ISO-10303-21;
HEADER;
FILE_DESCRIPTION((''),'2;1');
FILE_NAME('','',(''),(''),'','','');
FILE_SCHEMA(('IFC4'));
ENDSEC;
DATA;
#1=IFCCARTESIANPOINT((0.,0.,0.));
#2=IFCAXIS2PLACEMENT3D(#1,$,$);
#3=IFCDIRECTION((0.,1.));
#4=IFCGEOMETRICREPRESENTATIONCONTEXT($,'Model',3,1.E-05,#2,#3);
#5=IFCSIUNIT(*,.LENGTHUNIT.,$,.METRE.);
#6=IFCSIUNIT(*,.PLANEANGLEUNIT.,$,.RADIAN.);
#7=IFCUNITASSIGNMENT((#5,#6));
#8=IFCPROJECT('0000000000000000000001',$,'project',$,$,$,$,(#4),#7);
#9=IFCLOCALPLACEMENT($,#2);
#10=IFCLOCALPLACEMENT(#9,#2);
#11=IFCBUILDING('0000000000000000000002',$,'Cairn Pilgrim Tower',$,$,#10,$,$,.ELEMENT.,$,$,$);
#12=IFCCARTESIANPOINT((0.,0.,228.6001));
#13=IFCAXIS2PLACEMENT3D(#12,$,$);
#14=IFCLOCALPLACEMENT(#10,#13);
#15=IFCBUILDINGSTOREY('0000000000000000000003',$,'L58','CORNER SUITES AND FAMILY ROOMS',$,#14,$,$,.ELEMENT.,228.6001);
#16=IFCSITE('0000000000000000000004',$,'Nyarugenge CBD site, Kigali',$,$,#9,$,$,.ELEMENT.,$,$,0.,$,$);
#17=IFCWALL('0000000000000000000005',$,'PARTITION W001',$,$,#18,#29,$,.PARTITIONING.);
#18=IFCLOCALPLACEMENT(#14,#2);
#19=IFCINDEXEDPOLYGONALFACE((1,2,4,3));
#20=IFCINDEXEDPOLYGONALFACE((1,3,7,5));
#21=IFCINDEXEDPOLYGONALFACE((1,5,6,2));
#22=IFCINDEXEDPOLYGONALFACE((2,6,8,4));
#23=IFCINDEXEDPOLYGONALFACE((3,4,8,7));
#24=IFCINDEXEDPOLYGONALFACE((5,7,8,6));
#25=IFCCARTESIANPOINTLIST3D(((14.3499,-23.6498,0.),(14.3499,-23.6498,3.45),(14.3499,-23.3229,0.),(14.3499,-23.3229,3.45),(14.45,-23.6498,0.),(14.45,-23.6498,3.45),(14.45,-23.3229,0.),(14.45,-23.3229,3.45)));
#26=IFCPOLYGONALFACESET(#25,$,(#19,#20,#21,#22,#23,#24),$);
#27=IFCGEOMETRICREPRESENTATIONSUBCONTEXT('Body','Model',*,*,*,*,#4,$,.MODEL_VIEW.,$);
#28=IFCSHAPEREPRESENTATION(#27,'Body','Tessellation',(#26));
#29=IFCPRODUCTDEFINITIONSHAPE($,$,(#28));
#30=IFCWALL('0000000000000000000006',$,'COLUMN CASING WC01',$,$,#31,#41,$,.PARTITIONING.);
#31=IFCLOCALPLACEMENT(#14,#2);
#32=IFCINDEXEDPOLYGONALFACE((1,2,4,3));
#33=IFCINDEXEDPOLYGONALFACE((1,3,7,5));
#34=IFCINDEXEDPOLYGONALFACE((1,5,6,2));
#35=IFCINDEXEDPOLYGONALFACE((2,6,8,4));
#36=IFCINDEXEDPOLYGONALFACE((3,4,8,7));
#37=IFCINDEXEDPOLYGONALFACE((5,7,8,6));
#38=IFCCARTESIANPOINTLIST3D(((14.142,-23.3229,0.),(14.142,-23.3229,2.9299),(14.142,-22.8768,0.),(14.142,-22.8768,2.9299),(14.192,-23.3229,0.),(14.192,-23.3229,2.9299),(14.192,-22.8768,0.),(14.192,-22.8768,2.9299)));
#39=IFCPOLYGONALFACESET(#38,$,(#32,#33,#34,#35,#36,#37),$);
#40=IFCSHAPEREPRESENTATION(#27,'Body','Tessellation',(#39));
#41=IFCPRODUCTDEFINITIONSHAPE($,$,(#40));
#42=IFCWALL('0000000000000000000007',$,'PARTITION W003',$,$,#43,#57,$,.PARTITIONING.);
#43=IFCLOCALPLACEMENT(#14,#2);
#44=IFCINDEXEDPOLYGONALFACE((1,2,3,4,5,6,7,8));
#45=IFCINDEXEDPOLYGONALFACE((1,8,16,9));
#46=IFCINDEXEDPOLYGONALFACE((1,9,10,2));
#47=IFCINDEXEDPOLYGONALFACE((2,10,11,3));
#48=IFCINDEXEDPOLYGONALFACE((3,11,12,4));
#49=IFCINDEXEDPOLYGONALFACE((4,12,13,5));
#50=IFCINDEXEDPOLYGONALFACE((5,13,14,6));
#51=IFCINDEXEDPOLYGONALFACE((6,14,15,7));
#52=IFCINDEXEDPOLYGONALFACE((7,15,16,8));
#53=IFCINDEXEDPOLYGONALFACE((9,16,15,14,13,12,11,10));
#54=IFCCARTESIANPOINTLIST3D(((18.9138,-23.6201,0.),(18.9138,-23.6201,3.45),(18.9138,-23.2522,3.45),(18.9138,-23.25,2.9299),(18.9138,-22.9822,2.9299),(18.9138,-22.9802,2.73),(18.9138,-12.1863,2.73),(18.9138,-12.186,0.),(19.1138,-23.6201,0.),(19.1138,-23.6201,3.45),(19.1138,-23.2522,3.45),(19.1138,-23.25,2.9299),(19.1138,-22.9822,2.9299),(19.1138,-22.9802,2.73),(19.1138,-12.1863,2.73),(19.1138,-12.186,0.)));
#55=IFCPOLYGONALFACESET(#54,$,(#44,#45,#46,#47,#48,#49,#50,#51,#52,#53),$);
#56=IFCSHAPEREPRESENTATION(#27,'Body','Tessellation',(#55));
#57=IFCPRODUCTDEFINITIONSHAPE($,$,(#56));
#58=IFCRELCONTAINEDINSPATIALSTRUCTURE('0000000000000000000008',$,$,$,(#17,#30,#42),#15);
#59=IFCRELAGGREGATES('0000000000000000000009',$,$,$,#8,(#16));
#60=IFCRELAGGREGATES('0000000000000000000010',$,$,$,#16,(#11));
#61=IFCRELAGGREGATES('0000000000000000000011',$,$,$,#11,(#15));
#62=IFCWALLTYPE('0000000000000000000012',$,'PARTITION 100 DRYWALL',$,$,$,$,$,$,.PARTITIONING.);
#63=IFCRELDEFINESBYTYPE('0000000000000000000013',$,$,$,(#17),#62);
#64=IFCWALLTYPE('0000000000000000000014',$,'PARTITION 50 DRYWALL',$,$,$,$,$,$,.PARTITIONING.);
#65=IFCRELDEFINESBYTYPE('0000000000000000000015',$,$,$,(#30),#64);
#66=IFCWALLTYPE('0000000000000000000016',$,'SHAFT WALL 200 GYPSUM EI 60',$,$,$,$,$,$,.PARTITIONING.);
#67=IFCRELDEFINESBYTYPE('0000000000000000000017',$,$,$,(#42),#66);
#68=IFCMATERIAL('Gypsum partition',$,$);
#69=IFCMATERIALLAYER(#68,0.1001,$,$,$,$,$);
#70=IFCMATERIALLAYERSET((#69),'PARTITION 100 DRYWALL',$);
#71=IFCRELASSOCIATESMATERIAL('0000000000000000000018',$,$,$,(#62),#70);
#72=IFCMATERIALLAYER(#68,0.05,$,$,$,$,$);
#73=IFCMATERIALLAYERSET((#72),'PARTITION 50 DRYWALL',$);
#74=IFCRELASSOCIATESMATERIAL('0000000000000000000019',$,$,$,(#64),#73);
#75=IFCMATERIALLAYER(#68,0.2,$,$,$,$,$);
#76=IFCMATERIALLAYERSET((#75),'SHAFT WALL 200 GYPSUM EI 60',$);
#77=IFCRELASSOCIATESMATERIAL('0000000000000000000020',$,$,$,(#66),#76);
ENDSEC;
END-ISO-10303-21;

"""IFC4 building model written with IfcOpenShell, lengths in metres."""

from ifc_helpers import new_model, si_unit, direction, frame, frame_2d, origin, place, context, subcontext, project, spatial, polyline, rectangle, outline, extrude, material, layer, layer_set, type_object, element, save


model = new_model("IFC4")

# Units and contexts
model_context = context("Model", 3, precision=1e-05, world=origin(), true_north=direction((0.0, 1.0)))
body_context = subcontext(model_context, "Body", "Model", "MODEL_VIEW")
ifc_project = project(units=[si_unit("LENGTHUNIT", "METRE"), si_unit("PLANEANGLEUNIT", "RADIAN")], contexts=[model_context])

# Site, building, storey
site_placement = place(None, origin())
site = spatial("IfcSite", under=ifc_project, at=site_placement, Name="Nyarugenge CBD site, Kigali", CompositionType="ELEMENT", RefElevation=0.0)
building_placement = place(site_placement, origin())
building = spatial("IfcBuilding", under=site, at=building_placement, Name="Cairn Pilgrim Tower", CompositionType="ELEMENT")
storey_placement = place(building_placement, frame((0.0, 0.0, 228.6001)))
storey = spatial("IfcBuildingStorey", under=building, at=storey_placement, Name="L58", Description="CORNER SUITES AND FAMILY ROOMS", CompositionType="ELEMENT", Elevation=228.6001)

# Walls
ifc_material_1 = material(Name="Gypsum partition")
ifc_layer_1 = layer(ifc_material_1, 0.1001)
ifc_layer_set_1 = layer_set([ifc_layer_1], Name="PARTITION 100 DRYWALL")
wall_type_1 = type_object("IfcWallType", Name="PARTITION 100 DRYWALL", PredefinedType="PARTITIONING", material=ifc_layer_set_1)
wall_1_placement = place(storey_placement, frame((14.3999, -23.6499, 0.0), z_axis=(0.0, 0.0, 1.0), x_axis=(0.0, 1.0, 0.0)))
element("IfcWall", 1, at=wall_1_placement, inside=storey, type_object=wall_type_1, Name="PARTITION W001", PredefinedType="PARTITIONING", context=body_context, shape_type="SweptSolid", body=[
    extrude(rectangle(XDim=0.3269, YDim=0.1001, at=frame_2d((0.1636, 0.0))), origin(), (0.0, 0.0, 1.0), 3.45),
])
ifc_layer_2 = layer(ifc_material_1, 0.05)
ifc_layer_set_2 = layer_set([ifc_layer_2], Name="PARTITION 50 DRYWALL")
wall_type_2 = type_object("IfcWallType", Name="PARTITION 50 DRYWALL", PredefinedType="PARTITIONING", material=ifc_layer_set_2)
wall_2_placement = place(storey_placement, frame((14.167, -23.323, 0.0), z_axis=(0.0, 0.0, 1.0), x_axis=(0.0, 1.0, 0.0)))
element("IfcWall", 2, at=wall_2_placement, inside=storey, type_object=wall_type_2, Name="COLUMN CASING WC01", PredefinedType="PARTITIONING", context=body_context, shape_type="SweptSolid", body=[
    extrude(rectangle(XDim=0.446, YDim=0.05, at=frame_2d((0.2231, 0.0))), origin(), (0.0, 0.0, 1.0), 2.9299),
])
ifc_layer_3 = layer(ifc_material_1, 0.2)
ifc_layer_set_3 = layer_set([ifc_layer_3], Name="SHAFT WALL 200 GYPSUM EI 60")
wall_type_3 = type_object("IfcWallType", Name="SHAFT WALL 200 GYPSUM EI 60", PredefinedType="PARTITIONING", material=ifc_layer_set_3)
wall_3_placement = place(storey_placement, frame((19.0139, -23.6201, 0.0), z_axis=(0.0, 0.0, 1.0), x_axis=(0.0, 1.0, 0.0)))
element("IfcWall", 3, at=wall_3_placement, inside=storey, type_object=wall_type_3, Name="PARTITION W003", PredefinedType="PARTITIONING", context=body_context, shape_type="SweptSolid", body=[
    extrude(outline(polyline([(0.0, 0.0), (11.4341, 0.0), (11.4338, 2.73), (0.6399, 2.73), (0.6379, 2.9299), (0.3701, 2.9299), (0.3679, 3.45), (0.0, 3.45), (0.0, 0.0)])), frame((0.0, 0.1001, 0.0), z_axis=(0.0, -1.0, 0.0), x_axis=(1.0, 0.0, 0.0)), (0.0, 0.0, 1.0), 0.2),
])

save(model, "model.ifc")
